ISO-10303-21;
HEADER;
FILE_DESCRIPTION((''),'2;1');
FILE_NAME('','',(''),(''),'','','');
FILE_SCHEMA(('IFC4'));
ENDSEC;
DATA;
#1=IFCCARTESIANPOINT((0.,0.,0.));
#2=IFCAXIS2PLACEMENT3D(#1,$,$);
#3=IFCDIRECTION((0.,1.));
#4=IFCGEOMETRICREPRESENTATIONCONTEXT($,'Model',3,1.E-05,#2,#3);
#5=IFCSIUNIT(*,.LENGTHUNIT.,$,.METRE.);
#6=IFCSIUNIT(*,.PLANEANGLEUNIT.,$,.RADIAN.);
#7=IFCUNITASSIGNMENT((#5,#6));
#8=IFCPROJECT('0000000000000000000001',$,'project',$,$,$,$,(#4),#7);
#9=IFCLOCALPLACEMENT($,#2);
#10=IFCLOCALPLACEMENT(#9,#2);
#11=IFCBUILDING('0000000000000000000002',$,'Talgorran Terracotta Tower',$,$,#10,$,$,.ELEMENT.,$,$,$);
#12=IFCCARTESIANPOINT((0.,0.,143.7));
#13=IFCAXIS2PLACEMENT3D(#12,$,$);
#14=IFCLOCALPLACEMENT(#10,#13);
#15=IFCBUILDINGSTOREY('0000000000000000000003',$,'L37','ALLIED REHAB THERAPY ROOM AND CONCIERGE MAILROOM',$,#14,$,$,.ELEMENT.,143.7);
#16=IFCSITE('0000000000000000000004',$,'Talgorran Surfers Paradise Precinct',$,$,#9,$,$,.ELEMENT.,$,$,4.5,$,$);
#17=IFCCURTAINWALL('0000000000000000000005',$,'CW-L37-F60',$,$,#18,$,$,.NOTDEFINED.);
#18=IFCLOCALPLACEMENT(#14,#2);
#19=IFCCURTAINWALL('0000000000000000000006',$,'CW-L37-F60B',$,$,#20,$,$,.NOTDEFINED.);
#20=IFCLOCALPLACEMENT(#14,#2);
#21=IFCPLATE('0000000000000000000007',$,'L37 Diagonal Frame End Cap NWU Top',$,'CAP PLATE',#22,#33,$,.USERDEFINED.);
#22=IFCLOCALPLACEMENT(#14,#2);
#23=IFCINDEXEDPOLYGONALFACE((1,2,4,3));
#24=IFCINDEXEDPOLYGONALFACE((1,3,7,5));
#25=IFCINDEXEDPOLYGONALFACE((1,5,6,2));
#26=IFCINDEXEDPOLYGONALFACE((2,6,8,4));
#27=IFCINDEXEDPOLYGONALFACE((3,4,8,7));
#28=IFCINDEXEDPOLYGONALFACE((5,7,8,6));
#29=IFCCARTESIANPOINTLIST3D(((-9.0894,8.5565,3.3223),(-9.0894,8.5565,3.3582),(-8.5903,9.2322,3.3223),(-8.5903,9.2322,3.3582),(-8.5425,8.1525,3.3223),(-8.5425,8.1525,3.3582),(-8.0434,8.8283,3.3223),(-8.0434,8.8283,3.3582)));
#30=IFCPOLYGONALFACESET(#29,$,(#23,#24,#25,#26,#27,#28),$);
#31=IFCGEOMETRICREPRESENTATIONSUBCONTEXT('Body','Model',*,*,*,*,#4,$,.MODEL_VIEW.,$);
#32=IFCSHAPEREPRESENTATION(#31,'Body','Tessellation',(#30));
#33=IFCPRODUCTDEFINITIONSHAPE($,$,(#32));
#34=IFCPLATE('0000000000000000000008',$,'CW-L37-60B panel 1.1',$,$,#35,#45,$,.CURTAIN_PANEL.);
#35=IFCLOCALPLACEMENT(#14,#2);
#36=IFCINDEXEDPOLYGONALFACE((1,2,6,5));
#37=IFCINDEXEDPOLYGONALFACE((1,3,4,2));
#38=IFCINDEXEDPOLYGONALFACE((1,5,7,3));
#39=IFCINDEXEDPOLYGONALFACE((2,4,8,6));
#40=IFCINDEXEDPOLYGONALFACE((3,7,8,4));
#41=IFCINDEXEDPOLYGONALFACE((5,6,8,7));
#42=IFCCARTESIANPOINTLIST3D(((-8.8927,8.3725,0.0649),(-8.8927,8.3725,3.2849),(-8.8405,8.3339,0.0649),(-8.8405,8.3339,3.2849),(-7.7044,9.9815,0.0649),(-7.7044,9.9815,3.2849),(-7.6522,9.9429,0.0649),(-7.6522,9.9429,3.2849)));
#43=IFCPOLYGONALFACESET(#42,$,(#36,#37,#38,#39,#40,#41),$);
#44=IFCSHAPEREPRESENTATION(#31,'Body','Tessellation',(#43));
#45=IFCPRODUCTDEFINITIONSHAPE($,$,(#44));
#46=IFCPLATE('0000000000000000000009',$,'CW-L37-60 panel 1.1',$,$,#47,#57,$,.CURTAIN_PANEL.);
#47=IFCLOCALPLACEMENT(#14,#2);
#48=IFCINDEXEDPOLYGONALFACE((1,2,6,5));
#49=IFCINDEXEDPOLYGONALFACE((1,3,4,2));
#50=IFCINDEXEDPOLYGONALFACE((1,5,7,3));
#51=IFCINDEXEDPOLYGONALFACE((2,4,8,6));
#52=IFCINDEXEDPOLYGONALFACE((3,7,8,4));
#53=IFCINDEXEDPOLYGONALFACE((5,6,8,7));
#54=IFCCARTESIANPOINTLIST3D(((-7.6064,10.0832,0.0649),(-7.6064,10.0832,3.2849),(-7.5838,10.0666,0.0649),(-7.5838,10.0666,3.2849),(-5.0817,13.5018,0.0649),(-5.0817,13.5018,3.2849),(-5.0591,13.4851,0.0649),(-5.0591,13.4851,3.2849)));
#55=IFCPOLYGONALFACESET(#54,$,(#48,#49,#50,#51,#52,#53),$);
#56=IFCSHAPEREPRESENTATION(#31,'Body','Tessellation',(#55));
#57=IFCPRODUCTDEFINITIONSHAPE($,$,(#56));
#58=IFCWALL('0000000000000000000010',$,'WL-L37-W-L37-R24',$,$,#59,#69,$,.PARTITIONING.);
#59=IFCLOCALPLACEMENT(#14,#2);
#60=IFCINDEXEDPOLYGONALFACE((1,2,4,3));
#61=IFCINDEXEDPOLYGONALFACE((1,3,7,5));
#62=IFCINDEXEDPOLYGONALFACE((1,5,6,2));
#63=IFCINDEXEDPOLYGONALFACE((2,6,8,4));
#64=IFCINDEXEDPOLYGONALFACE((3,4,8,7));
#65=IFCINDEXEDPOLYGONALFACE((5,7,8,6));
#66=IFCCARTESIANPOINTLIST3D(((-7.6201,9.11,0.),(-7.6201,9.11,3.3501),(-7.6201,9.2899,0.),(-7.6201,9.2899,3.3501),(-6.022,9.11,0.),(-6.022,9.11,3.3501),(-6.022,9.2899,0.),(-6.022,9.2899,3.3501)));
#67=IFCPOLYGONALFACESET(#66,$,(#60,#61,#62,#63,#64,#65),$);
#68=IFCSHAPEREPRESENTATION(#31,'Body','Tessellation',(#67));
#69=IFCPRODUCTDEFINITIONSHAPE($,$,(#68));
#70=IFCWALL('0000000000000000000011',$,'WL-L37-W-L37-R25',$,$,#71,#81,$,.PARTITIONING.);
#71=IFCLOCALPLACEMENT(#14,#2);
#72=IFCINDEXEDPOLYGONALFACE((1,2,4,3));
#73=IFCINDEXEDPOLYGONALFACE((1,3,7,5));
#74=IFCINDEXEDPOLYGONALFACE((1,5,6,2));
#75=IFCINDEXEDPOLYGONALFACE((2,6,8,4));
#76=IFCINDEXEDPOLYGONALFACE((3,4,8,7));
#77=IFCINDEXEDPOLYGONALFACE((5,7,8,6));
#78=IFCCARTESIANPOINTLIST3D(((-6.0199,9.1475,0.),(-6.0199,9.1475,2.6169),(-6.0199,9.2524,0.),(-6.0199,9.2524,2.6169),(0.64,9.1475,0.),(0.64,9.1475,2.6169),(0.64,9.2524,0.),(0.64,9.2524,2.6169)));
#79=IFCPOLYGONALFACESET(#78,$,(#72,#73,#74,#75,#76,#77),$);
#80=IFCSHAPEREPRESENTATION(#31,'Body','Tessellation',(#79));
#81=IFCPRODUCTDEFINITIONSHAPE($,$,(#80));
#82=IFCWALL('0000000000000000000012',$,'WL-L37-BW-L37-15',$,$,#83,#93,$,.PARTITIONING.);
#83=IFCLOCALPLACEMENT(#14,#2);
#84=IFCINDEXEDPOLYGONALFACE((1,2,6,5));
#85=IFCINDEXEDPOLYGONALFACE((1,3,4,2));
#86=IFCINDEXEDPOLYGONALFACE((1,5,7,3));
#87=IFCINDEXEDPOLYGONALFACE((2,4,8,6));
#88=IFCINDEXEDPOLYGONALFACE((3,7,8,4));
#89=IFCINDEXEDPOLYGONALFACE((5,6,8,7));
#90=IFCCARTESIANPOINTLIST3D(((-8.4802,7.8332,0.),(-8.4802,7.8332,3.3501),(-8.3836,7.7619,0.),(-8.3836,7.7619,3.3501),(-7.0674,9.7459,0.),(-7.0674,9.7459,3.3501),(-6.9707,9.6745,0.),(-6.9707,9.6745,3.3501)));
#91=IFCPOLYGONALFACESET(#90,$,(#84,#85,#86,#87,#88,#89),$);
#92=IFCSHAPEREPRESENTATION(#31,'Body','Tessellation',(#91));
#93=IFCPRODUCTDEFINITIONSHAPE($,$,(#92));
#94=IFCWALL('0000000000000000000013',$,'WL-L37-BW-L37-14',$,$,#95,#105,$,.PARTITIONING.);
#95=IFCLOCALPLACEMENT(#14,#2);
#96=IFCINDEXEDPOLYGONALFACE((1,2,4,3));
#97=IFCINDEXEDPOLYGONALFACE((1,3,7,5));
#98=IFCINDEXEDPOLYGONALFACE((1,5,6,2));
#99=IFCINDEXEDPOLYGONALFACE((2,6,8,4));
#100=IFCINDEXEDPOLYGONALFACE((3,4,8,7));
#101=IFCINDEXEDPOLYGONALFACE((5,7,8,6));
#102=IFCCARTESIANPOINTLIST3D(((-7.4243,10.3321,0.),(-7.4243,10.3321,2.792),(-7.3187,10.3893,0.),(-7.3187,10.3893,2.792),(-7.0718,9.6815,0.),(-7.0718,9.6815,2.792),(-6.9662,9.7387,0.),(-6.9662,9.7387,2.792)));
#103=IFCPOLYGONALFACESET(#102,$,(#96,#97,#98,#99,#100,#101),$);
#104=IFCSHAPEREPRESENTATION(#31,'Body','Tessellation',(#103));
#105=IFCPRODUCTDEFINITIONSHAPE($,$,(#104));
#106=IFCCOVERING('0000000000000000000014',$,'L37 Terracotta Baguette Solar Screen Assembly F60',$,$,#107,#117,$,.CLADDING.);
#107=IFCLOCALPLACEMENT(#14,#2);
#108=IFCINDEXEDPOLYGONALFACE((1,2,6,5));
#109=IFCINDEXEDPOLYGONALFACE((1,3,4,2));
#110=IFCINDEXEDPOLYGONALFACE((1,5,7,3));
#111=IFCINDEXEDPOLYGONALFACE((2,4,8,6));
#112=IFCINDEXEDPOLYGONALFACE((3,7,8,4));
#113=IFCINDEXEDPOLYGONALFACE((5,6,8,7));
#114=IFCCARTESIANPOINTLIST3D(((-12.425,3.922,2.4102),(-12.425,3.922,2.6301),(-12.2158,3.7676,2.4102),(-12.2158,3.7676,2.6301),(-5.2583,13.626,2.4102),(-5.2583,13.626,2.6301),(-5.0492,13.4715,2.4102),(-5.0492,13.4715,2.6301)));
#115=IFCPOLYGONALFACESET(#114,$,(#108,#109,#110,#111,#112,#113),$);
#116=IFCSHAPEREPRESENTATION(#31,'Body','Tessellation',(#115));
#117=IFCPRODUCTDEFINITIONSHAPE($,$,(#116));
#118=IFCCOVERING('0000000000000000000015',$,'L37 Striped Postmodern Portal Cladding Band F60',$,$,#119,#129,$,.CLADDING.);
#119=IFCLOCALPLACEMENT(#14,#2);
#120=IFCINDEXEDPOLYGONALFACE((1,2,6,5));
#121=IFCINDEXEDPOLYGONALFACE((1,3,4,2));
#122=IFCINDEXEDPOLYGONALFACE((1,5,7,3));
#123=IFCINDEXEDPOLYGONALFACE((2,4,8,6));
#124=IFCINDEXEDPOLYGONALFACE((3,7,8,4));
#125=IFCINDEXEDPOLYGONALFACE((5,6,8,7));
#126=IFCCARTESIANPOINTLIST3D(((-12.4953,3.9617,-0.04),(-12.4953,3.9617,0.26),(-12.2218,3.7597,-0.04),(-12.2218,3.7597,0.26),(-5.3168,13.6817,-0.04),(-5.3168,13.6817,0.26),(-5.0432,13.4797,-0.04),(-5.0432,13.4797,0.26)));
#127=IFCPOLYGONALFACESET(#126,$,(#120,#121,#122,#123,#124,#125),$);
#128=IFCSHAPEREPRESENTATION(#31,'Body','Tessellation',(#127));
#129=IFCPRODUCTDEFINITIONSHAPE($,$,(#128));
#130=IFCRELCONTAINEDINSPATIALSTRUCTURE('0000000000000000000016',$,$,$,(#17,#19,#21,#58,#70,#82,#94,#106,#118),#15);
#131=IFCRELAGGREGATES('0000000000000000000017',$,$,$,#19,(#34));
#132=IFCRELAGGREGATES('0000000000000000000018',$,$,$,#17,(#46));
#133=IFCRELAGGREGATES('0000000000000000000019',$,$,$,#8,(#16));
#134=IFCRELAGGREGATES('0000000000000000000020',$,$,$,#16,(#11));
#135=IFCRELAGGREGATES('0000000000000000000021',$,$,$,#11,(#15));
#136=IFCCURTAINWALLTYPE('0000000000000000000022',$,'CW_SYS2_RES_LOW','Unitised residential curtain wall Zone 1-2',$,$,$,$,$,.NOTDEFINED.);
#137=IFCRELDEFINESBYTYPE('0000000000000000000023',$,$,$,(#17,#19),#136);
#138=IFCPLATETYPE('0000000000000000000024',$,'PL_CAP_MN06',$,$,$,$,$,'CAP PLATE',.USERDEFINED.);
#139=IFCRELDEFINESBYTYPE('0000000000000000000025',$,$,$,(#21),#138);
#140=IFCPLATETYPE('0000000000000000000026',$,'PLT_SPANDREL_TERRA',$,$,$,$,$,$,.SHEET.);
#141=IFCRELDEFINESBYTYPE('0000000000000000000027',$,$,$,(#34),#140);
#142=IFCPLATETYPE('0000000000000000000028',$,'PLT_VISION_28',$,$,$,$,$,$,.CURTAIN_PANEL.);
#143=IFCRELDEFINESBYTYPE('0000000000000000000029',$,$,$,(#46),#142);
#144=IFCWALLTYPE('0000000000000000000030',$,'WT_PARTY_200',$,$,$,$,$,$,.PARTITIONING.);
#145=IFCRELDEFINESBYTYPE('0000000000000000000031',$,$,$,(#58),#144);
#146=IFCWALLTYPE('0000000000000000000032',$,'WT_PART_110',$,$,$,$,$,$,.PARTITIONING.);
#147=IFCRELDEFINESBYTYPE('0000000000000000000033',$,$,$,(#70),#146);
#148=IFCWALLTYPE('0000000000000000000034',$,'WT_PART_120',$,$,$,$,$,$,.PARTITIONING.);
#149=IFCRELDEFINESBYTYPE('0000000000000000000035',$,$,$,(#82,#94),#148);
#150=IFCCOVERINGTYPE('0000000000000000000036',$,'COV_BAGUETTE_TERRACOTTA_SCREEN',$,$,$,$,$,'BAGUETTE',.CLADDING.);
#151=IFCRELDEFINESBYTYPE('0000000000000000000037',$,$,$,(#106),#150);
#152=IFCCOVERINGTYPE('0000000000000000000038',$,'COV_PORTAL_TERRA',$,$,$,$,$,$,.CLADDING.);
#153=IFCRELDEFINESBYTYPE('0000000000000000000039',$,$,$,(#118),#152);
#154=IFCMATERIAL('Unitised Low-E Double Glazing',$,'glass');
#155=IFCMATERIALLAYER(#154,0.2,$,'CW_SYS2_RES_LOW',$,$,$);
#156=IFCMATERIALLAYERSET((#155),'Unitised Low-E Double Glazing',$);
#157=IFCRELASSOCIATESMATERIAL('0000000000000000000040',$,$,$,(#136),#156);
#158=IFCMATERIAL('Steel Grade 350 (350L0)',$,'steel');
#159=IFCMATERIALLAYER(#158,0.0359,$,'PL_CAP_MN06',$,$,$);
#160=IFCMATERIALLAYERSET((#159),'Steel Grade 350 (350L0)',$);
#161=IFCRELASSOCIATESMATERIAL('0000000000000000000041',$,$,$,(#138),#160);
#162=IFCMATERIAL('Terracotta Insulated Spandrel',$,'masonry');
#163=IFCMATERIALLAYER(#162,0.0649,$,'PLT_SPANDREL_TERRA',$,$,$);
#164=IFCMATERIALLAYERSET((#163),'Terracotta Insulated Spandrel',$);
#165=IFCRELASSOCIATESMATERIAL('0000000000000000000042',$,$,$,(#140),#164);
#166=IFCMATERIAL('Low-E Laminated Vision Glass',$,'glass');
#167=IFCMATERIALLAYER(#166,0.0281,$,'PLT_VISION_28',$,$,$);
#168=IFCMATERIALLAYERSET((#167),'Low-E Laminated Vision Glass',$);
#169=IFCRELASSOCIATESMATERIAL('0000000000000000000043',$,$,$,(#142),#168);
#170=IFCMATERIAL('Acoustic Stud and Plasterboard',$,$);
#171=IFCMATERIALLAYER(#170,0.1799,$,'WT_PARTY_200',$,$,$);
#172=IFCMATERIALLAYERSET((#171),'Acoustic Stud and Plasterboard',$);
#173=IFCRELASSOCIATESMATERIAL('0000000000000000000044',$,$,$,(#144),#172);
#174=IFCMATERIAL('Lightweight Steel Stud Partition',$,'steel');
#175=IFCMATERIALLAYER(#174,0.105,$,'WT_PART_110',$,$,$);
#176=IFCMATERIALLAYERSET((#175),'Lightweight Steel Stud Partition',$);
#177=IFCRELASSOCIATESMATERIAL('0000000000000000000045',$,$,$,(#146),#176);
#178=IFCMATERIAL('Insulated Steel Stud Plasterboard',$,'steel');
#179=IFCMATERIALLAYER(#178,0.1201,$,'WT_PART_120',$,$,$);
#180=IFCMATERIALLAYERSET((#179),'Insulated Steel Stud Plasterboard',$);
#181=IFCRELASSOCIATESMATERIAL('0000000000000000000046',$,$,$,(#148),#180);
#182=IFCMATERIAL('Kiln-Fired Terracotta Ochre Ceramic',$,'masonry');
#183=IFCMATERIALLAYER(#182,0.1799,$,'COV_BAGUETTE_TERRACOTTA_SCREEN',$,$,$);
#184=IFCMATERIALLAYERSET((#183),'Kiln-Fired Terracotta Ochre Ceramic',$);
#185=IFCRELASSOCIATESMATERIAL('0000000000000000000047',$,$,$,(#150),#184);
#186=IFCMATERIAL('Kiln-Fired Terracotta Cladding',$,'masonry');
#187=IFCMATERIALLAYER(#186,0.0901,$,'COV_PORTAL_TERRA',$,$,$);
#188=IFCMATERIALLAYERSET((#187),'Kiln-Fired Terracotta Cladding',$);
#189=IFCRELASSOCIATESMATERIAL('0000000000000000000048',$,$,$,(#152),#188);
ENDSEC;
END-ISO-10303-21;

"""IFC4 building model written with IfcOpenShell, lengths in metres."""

from ifc_helpers import new_model, si_unit, direction, frame, frame_2d, origin, origin_2d, place, context, subcontext, project, spatial, rectangle, extrude, source, transform, mapped, material, layer, layer_set, type_object, type_shapes, element, aggregate, save


model = new_model("IFC4")

# Units and contexts
model_context = context("Model", 3, precision=1e-05, world=origin(), true_north=direction((0.0, 1.0)))
body_context = subcontext(model_context, "Body", "Model", "MODEL_VIEW")
ifc_project = project(units=[si_unit("LENGTHUNIT", "METRE"), si_unit("PLANEANGLEUNIT", "RADIAN")], contexts=[model_context])

# Site, building, storey
site_placement = place(None, origin())
site = spatial("IfcSite", under=ifc_project, at=site_placement, Name="Talgorran Surfers Paradise Precinct", CompositionType="ELEMENT", RefElevation=4.5)
building_placement = place(site_placement, origin())
building = spatial("IfcBuilding", under=site, at=building_placement, Name="Talgorran Terracotta Tower", CompositionType="ELEMENT")
storey_placement = place(building_placement, frame((0.0, 0.0, 143.7)))
storey = spatial("IfcBuildingStorey", under=building, at=storey_placement, Name="L37", Description="ALLIED REHAB THERAPY ROOM AND CONCIERGE MAILROOM", CompositionType="ELEMENT", Elevation=143.7)

# Shared definitions
ifc_material_1 = material(Name="Steel Grade 350 (350L0)", Category="steel")

# Shared definitions
ifc_material_2 = material(Name="Unitised Low-E Double Glazing", Category="glass")
ifc_layer_1 = layer(ifc_material_2, 0.2, Name="CW_SYS2_RES_LOW")
ifc_layer_set_1 = layer_set([ifc_layer_1], Name="Unitised Low-E Double Glazing")
curtain_wall_type = type_object("IfcCurtainWallType", Name="CW_SYS2_RES_LOW", Description="Unitised residential curtain wall Zone 1-2", PredefinedType="NOTDEFINED", material=ifc_layer_set_1)

# Curtain wall
curtain_wall_1_placement = place(storey_placement, origin())
curtain_wall_1 = element("IfcCurtainWall", 1, at=curtain_wall_1_placement, inside=storey, type_object=curtain_wall_type, Name="CW-L37-F60", PredefinedType="NOTDEFINED")

# Curtain wall
curtain_wall_2_placement = place(storey_placement, origin())
curtain_wall_2 = element("IfcCurtainWall", 2, at=curtain_wall_2_placement, inside=storey, type_object=curtain_wall_type, Name="CW-L37-F60B", PredefinedType="NOTDEFINED")

# Plate
ifc_layer_2 = layer(ifc_material_1, 0.0359, Name="PL_CAP_MN06")
ifc_layer_set_2 = layer_set([ifc_layer_2], Name="Steel Grade 350 (350L0)")
plate_type_1 = type_object("IfcPlateType", Name="PL_CAP_MN06", ElementType="CAP PLATE", PredefinedType="USERDEFINED", material=ifc_layer_set_2)
for number, where, z_axis, x_axis, name in (
    (3, (-8.5664, 8.6924, 3.3223), (0.0, 0.0, 1.0), (-0.594121, -0.804376, 0.0), "L37 Diagonal Frame End Cap NWU Top"),
):
    element("IfcPlate", number, at=place(storey_placement, frame(where, z_axis=z_axis, x_axis=x_axis)), inside=storey, type_object=plate_type_1, Name=name, ObjectType="CAP PLATE", PredefinedType="USERDEFINED", context=body_context, shape_type="SweptSolid", body=[
        extrude(rectangle(XDim=0.8401, YDim=0.6799, at=origin_2d()), origin(), (0.0, 0.0, 1.0), 0.0359),
    ])

# Plates
ifc_material_3 = material(Name="Terracotta Insulated Spandrel", Category="masonry")
ifc_layer_3 = layer(ifc_material_3, 0.0649, Name="PLT_SPANDREL_TERRA")
ifc_layer_set_3 = layer_set([ifc_layer_3], Name="Terracotta Insulated Spandrel")
plate_type_2 = type_object("IfcPlateType", Name="PLT_SPANDREL_TERRA", PredefinedType="SHEET", material=ifc_layer_set_3)
shared_shape_1 = source(origin(), body_context, "Body", "SweptSolid", [
    extrude(rectangle(XDim=2.0002, YDim=0.0649, at=origin_2d()), origin(), (0.0, 0.0, 1.0), 3.22),
])
type_shapes(plate_type_2, [shared_shape_1])
plate_1_placement = place(storey_placement, frame((-8.2725, 9.1577, 0.0649), z_axis=(0.0, 0.0, 1.0), x_axis=(-0.594065, -0.804417, 0.0)))
plate_1 = element("IfcPlate", 4, at=plate_1_placement, type_object=plate_type_2, Name="CW-L37-60B panel 1.1", PredefinedType="CURTAIN_PANEL", context=body_context, shape_type="MappedRepresentation", body=[
    mapped(shared_shape_1, transform((0.0, 0.0, 0.0), scale=1.0)),
])
aggregate(curtain_wall_2, [plate_1])
ifc_material_4 = material(Name="Low-E Laminated Vision Glass", Category="glass")
ifc_layer_4 = layer(ifc_material_4, 0.0281, Name="PLT_VISION_28")
ifc_layer_set_4 = layer_set([ifc_layer_4], Name="Low-E Laminated Vision Glass")
plate_type_3 = type_object("IfcPlateType", Name="PLT_VISION_28", PredefinedType="CURTAIN_PANEL", material=ifc_layer_set_4)
shared_shape_2 = source(origin(), body_context, "Body", "SweptSolid", [
    extrude(rectangle(XDim=4.2498, YDim=0.0281, at=origin_2d()), origin(), (0.0, 0.0, 1.0), 3.22),
])
type_shapes(plate_type_3, [shared_shape_2])
plate_2_placement = place(storey_placement, frame((-6.3328, 11.7842, 0.0649), z_axis=(0.0, 0.0, 1.0), x_axis=(-0.594076, -0.804409, 0.0)))
plate_2 = element("IfcPlate", 5, at=plate_2_placement, type_object=plate_type_3, Name="CW-L37-60 panel 1.1", PredefinedType="CURTAIN_PANEL", context=body_context, shape_type="MappedRepresentation", body=[
    mapped(shared_shape_2, transform((0.0, 0.0, 0.0), scale=1.0)),
])
aggregate(curtain_wall_1, [plate_2])

# Walls
ifc_material_5 = material(Name="Acoustic Stud and Plasterboard")
ifc_layer_5 = layer(ifc_material_5, 0.1799, Name="WT_PARTY_200")
ifc_layer_set_5 = layer_set([ifc_layer_5], Name="Acoustic Stud and Plasterboard")
wall_type_1 = type_object("IfcWallType", Name="WT_PARTY_200", PredefinedType="PARTITIONING", material=ifc_layer_set_5)
wall_1_placement = place(storey_placement, frame((-7.6201, 9.2, 0.0), z_axis=(0.0, 0.0, 1.0), x_axis=(1.0, 0.0, 0.0)))
element("IfcWall", 6, at=wall_1_placement, inside=storey, type_object=wall_type_1, Name="WL-L37-W-L37-R24", PredefinedType="PARTITIONING", context=body_context, shape_type="SweptSolid", body=[
    extrude(rectangle(XDim=1.5981, YDim=0.1799, at=frame_2d((0.7991, 0.0))), origin(), (0.0, 0.0, 1.0), 3.3501),
])
ifc_material_6 = material(Name="Lightweight Steel Stud Partition", Category="steel")
ifc_layer_6 = layer(ifc_material_6, 0.105, Name="WT_PART_110")
ifc_layer_set_6 = layer_set([ifc_layer_6], Name="Lightweight Steel Stud Partition")
wall_type_2 = type_object("IfcWallType", Name="WT_PART_110", PredefinedType="PARTITIONING", material=ifc_layer_set_6)
wall_2_placement = place(storey_placement, frame((-6.02, 9.2, 0.0), z_axis=(0.0, 0.0, 1.0), x_axis=(1.0, 0.0, 0.0)))
element("IfcWall", 7, at=wall_2_placement, inside=storey, type_object=wall_type_2, Name="WL-L37-W-L37-R25", PredefinedType="PARTITIONING", context=body_context, shape_type="SweptSolid", body=[
    extrude(rectangle(XDim=6.6599, YDim=0.105, at=frame_2d((3.3301, 0.0))), origin(), (0.0, 0.0, 1.0), 2.6169),
])
ifc_material_7 = material(Name="Insulated Steel Stud Plasterboard", Category="steel")
ifc_layer_7 = layer(ifc_material_7, 0.1201, Name="WT_PART_120")
ifc_layer_set_7 = layer_set([ifc_layer_7], Name="Insulated Steel Stud Plasterboard")
wall_type_3 = type_object("IfcWallType", Name="WT_PART_120", PredefinedType="PARTITIONING", material=ifc_layer_set_7)
wall_3_placement = place(storey_placement, frame((-7.019, 9.7102, 0.0), z_axis=(0.0, 0.0, 1.0), x_axis=(-0.594169, -0.80434, 0.0)))
element("IfcWall", 8, at=wall_3_placement, inside=storey, type_object=wall_type_3, Name="WL-L37-BW-L37-15", PredefinedType="PARTITIONING", context=body_context, shape_type="SweptSolid", body=[
    extrude(rectangle(XDim=2.3779, YDim=0.1201, at=frame_2d((1.189, 0.0))), origin(), (0.0, 0.0, 1.0), 3.3501),
])
wall_4_placement = place(storey_placement, frame((-7.3716, 10.3608, 0.0), z_axis=(0.0, 0.0, 1.0), x_axis=(0.4764, -0.879229, 0.0)))
element("IfcWall", 9, at=wall_4_placement, inside=storey, type_object=wall_type_3, Name="WL-L37-BW-L37-14", PredefinedType="PARTITIONING", context=body_context, shape_type="SweptSolid", body=[
    extrude(rectangle(XDim=0.74, YDim=0.1201, at=frame_2d((0.3701, 0.0))), origin(), (0.0, 0.0, 1.0), 2.792),
])

# Coverings
ifc_material_8 = material(Name="Kiln-Fired Terracotta Ochre Ceramic", Category="masonry")
ifc_layer_8 = layer(ifc_material_8, 0.1799, Name="COV_BAGUETTE_TERRACOTTA_SCREEN")
ifc_layer_set_8 = layer_set([ifc_layer_8], Name="Kiln-Fired Terracotta Ochre Ceramic")
covering_type_1 = type_object("IfcCoveringType", Name="COV_BAGUETTE_TERRACOTTA_SCREEN", ElementType="BAGUETTE", PredefinedType="CLADDING", material=ifc_layer_set_8)
covering_1_placement = place(storey_placement, frame((-8.7371, 8.6968, 2.4102), z_axis=(0.0, 0.0, 1.0), x_axis=(-0.594079, -0.804407, 0.0)))
element("IfcCovering", 10, at=covering_1_placement, inside=storey, type_object=covering_type_1, Name="L37 Terracotta Baguette Solar Screen Assembly F60", PredefinedType="CLADDING", context=body_context, shape_type="SweptSolid", body=[
    extrude(rectangle(XDim=12.0635, YDim=0.26, at=origin_2d()), origin(), (0.0, 0.0, 1.0), 0.22),
])
ifc_material_9 = material(Name="Kiln-Fired Terracotta Cladding", Category="masonry")
ifc_layer_9 = layer(ifc_material_9, 0.0901, Name="COV_PORTAL_TERRA")
ifc_layer_set_9 = layer_set([ifc_layer_9], Name="Kiln-Fired Terracotta Cladding")
covering_type_2 = type_object("IfcCoveringType", Name="COV_PORTAL_TERRA", PredefinedType="CLADDING", material=ifc_layer_set_9)
covering_2_placement = place(storey_placement, frame((-8.7693, 8.7207, -0.04), z_axis=(0.0, 0.0, 1.0), x_axis=(-0.594079, -0.804407, 0.0)))
element("IfcCovering", 11, at=covering_2_placement, inside=storey, type_object=covering_type_2, Name="L37 Striped Postmodern Portal Cladding Band F60", PredefinedType="CLADDING", context=body_context, shape_type="SweptSolid", body=[
    extrude(rectangle(XDim=12.0835, YDim=0.3401, at=origin_2d()), origin(), (0.0, 0.0, 1.0), 0.3),
])

save(model, "model.ifc")
